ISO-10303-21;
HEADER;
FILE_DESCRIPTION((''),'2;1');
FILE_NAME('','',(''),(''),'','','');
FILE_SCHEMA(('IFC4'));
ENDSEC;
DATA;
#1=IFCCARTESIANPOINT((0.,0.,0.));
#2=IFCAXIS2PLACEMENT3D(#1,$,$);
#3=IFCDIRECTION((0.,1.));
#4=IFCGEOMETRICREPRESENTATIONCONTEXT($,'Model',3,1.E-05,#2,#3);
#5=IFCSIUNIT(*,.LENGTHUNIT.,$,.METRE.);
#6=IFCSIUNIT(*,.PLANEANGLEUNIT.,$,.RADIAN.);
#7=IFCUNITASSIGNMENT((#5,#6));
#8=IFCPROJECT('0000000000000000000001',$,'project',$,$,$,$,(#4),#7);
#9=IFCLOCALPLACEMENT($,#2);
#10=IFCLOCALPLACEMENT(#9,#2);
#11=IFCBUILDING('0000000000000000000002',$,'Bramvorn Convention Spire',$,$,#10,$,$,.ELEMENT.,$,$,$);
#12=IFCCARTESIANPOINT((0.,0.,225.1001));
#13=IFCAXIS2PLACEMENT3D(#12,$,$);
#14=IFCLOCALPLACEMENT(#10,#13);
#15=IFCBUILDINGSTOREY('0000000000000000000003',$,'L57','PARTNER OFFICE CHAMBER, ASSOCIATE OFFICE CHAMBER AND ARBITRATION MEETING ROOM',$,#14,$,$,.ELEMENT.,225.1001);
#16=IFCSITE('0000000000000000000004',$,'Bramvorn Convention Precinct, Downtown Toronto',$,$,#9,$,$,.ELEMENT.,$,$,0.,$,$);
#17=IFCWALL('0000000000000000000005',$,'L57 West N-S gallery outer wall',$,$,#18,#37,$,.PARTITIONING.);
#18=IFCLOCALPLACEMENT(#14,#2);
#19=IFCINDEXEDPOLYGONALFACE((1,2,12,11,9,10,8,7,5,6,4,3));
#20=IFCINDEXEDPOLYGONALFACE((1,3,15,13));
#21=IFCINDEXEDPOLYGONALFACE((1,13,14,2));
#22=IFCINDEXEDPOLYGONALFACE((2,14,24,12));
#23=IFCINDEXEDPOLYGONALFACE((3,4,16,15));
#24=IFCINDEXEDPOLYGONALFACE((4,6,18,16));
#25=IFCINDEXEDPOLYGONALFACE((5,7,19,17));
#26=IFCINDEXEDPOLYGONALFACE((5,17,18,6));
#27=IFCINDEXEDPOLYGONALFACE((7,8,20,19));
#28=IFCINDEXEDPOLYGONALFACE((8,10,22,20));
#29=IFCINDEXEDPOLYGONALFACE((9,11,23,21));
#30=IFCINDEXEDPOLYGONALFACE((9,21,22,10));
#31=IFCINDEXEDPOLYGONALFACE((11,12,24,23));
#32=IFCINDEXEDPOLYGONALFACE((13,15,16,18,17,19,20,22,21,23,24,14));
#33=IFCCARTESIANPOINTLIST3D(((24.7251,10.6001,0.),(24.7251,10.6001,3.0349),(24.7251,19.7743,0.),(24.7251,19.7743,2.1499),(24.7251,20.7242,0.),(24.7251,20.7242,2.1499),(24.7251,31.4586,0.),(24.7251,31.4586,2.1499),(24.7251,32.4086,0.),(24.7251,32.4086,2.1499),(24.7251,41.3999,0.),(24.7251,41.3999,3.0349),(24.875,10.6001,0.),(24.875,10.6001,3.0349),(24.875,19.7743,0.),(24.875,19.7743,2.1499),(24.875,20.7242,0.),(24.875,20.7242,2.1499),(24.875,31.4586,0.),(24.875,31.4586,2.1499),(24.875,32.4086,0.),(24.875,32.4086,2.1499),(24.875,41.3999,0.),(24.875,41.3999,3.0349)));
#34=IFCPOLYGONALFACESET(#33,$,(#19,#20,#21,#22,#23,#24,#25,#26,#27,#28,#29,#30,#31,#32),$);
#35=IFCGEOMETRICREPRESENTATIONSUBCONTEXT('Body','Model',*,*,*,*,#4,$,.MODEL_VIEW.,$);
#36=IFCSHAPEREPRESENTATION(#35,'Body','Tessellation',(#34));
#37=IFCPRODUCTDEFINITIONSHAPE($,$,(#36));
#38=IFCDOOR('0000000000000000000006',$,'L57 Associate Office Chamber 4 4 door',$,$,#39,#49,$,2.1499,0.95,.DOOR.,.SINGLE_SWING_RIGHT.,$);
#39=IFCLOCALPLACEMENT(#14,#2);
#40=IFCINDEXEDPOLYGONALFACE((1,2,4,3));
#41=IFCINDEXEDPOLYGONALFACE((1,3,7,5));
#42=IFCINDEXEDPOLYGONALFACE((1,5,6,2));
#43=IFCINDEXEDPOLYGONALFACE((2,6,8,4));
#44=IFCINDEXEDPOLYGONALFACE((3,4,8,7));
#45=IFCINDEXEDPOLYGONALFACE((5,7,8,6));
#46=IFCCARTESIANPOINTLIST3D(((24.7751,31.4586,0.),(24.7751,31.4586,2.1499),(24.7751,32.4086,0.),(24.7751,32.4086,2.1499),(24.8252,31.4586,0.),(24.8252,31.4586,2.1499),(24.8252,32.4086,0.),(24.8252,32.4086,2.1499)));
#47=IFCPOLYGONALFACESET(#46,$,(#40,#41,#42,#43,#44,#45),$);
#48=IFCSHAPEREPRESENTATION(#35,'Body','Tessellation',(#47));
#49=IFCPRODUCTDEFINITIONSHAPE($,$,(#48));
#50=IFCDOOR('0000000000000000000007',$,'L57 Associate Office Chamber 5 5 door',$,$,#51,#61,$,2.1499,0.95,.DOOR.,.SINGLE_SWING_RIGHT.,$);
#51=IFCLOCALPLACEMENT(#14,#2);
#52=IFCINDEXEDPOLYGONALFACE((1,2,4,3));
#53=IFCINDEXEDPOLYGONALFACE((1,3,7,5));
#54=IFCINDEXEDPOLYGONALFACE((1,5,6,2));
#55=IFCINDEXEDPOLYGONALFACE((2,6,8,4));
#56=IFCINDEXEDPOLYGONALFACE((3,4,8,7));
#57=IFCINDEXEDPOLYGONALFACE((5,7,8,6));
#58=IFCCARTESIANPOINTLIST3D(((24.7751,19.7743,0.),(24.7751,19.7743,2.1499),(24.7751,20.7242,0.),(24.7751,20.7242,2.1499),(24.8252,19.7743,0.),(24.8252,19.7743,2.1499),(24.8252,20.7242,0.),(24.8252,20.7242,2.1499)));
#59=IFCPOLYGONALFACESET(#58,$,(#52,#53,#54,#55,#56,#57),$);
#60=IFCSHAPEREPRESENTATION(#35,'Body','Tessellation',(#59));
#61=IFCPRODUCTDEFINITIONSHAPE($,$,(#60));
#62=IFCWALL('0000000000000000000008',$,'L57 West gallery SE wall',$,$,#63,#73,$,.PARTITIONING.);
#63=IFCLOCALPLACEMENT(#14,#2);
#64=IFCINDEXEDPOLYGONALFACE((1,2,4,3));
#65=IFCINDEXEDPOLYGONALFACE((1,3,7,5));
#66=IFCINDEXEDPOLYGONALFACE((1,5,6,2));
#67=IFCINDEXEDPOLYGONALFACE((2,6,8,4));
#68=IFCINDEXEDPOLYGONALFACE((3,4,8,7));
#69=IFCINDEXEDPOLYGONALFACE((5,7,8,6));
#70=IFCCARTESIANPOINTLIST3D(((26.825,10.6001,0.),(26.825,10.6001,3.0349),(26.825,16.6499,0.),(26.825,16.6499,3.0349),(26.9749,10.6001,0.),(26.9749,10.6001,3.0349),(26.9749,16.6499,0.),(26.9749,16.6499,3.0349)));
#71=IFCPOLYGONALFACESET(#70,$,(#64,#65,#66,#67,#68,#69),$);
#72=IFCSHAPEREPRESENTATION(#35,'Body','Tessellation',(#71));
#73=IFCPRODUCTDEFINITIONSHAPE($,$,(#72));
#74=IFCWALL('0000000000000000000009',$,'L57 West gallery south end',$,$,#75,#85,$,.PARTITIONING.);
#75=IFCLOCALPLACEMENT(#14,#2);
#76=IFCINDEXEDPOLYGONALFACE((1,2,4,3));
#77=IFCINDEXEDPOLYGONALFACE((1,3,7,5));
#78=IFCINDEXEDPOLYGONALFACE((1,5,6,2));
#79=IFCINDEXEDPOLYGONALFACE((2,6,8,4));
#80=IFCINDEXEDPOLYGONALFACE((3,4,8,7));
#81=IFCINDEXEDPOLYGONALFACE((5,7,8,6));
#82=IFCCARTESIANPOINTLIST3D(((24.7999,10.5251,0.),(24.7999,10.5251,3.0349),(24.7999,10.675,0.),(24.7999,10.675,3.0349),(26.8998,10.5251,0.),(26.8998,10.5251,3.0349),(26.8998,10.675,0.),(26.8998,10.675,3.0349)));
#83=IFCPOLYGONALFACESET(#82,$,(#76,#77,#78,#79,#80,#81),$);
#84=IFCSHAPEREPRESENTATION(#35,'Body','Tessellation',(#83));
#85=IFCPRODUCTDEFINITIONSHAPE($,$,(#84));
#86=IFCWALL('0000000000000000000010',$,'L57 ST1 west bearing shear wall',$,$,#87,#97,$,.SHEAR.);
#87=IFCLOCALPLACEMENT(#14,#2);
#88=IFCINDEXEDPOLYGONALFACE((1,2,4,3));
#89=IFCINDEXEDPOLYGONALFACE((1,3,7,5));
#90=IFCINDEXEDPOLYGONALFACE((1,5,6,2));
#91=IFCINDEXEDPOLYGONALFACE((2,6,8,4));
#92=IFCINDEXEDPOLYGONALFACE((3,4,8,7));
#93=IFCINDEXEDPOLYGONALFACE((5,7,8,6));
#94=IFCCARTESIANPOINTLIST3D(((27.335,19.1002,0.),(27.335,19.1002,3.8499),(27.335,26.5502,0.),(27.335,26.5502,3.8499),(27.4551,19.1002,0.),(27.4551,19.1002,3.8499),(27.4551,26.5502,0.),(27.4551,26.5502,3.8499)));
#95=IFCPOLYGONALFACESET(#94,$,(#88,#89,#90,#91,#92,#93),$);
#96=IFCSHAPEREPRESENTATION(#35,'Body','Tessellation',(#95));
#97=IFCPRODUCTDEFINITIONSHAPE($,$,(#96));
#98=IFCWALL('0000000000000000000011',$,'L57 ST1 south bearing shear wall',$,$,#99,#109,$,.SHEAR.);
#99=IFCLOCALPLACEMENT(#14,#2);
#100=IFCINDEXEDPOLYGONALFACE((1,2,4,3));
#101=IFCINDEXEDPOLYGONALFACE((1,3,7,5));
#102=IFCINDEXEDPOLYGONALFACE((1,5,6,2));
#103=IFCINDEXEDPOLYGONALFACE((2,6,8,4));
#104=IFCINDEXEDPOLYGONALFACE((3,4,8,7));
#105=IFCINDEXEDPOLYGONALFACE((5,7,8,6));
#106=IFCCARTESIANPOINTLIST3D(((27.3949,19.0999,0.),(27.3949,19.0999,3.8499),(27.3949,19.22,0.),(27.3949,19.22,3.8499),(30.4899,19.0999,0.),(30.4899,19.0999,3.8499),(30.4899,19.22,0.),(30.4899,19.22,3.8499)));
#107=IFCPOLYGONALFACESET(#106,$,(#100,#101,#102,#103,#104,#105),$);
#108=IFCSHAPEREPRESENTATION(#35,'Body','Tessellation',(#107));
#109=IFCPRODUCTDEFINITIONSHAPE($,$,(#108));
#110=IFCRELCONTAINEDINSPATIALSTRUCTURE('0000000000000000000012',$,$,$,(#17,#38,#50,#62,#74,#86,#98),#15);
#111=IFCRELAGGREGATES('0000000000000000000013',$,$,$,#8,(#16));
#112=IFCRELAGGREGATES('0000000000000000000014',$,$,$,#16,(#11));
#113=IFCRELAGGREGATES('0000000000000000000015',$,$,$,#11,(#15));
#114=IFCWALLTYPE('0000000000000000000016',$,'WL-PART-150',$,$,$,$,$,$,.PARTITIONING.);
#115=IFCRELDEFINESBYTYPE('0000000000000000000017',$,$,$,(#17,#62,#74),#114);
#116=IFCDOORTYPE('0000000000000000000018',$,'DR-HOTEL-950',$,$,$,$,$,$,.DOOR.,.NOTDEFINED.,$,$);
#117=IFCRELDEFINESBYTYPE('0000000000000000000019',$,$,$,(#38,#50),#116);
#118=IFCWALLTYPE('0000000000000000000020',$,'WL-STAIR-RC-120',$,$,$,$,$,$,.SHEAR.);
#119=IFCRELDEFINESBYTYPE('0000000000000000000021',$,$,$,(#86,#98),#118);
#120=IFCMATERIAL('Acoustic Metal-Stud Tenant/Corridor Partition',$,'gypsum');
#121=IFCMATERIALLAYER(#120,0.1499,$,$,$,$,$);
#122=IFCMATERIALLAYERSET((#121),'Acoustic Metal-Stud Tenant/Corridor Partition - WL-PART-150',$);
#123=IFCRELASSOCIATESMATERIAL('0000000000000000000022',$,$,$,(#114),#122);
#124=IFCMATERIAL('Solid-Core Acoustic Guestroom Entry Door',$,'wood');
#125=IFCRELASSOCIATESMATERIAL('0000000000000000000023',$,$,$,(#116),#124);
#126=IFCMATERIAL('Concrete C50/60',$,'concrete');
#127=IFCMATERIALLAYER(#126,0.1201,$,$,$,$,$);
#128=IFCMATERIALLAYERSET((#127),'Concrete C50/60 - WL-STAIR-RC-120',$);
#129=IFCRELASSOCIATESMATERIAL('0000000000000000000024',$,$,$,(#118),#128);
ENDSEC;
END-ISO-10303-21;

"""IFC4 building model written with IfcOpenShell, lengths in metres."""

from ifc_helpers import new_model, si_unit, direction, frame, frame_2d, origin, place, context, subcontext, project, spatial, rectangle, extrude, material, layer, layer_set, type_object, element, fill, save


model = new_model("IFC4")

# Units and contexts
model_context = context("Model", 3, precision=1e-05, world=origin(), true_north=direction((0.0, 1.0)))
body_context = subcontext(model_context, "Body", "Model", "MODEL_VIEW")
ifc_project = project(units=[si_unit("LENGTHUNIT", "METRE"), si_unit("PLANEANGLEUNIT", "RADIAN")], contexts=[model_context])

# Site, building, storey
site_placement = place(None, origin())
site = spatial("IfcSite", under=ifc_project, at=site_placement, Name="Bramvorn Convention Precinct, Downtown Toronto", CompositionType="ELEMENT", RefElevation=0.0)
building_placement = place(site_placement, origin())
building = spatial("IfcBuilding", under=site, at=building_placement, Name="Bramvorn Convention Spire", CompositionType="ELEMENT")
storey_placement = place(building_placement, frame((0.0, 0.0, 225.1001)))
storey = spatial("IfcBuildingStorey", under=building, at=storey_placement, Name="L57", Description="PARTNER OFFICE CHAMBER, ASSOCIATE OFFICE CHAMBER AND ARBITRATION MEETING ROOM", CompositionType="ELEMENT", Elevation=225.1001)

# Shared definitions
ifc_material_1 = material(Name="Concrete C50/60", Category="concrete")

# Wall, openings, doors
ifc_material_2 = material(Name="Acoustic Metal-Stud Tenant/Corridor Partition", Category="gypsum")
ifc_layer_1 = layer(ifc_material_2, 0.1499)
ifc_layer_set_1 = layer_set([ifc_layer_1], Name="Acoustic Metal-Stud Tenant/Corridor Partition - WL-PART-150")
wall_type_1 = type_object("IfcWallType", Name="WL-PART-150", PredefinedType="PARTITIONING", material=ifc_layer_set_1)
ifc_material_3 = material(Name="Solid-Core Acoustic Guestroom Entry Door", Category="wood")
door_type_1 = type_object("IfcDoorType", Name="DR-HOTEL-950", OperationType="NOTDEFINED", PredefinedType="DOOR", material=ifc_material_3)
wall_1_placement = place(storey_placement, frame((24.8, 10.6001, 0.0), z_axis=(0.0, 0.0, 1.0), x_axis=(0.0, 1.0, 0.0)))
wall_1 = element("IfcWall", 1, at=wall_1_placement, inside=storey, type_object=wall_type_1, Name="L57 West N-S gallery outer wall", PredefinedType="PARTITIONING", context=body_context, shape_type="SweptSolid", body=[
    extrude(rectangle(XDim=30.7998, YDim=0.1499, at=frame_2d((15.3999, 0.0))), origin(), (0.0, 0.0, 1.0), 3.0349),
])
opening_1_placement = place(wall_1_placement, frame((20.8584, 0.0, 0.0)))
opening_1 = element("IfcOpeningElement", 2, at=opening_1_placement, cuts=wall_1, PredefinedType="OPENING", context=body_context, shape_type="SweptSolid", body=[
    extrude(rectangle(XDim=0.95, YDim=2.1499, at=frame_2d((0.4751, 1.075))), frame((0.0, 0.085, 0.0), z_axis=(0.0, -1.0, 0.0), x_axis=(1.0, 0.0, 0.0)), (0.0, 0.0, 1.0), 0.1699),
])
opening_2_placement = place(wall_1_placement, frame((9.1741, 0.0, 0.0)))
opening_2 = element("IfcOpeningElement", 3, at=opening_2_placement, cuts=wall_1, PredefinedType="OPENING", context=body_context, shape_type="SweptSolid", body=[
    extrude(rectangle(XDim=0.95, YDim=2.1499, at=frame_2d((0.4751, 1.075))), frame((0.0, 0.085, 0.0), z_axis=(0.0, -1.0, 0.0), x_axis=(1.0, 0.0, 0.0)), (0.0, 0.0, 1.0), 0.1699),
])
door_1_placement = place(opening_1_placement, origin())
door_1 = element("IfcDoor", 4, at=door_1_placement, inside=storey, type_object=door_type_1, Name="L57 Associate Office Chamber 4 4 door", OperationType="SINGLE_SWING_RIGHT", OverallHeight=2.1499, OverallWidth=0.95, PredefinedType="DOOR", context=body_context, shape_type="SweptSolid", body=[
    extrude(rectangle(XDim=0.95, YDim=2.1499, at=frame_2d((0.4751, 1.075))), frame((0.0, 0.0249, 0.0), z_axis=(0.0, -1.0, 0.0), x_axis=(1.0, 0.0, 0.0)), (0.0, 0.0, 1.0), 0.05),
])
fill(opening_1, door_1)
door_2_placement = place(opening_2_placement, origin())
door_2 = element("IfcDoor", 5, at=door_2_placement, inside=storey, type_object=door_type_1, Name="L57 Associate Office Chamber 5 5 door", OperationType="SINGLE_SWING_RIGHT", OverallHeight=2.1499, OverallWidth=0.95, PredefinedType="DOOR", context=body_context, shape_type="SweptSolid", body=[
    extrude(rectangle(XDim=0.95, YDim=2.1499, at=frame_2d((0.4751, 1.075))), frame((0.0, 0.0249, 0.0), z_axis=(0.0, -1.0, 0.0), x_axis=(1.0, 0.0, 0.0)), (0.0, 0.0, 1.0), 0.05),
])
fill(opening_2, door_2)

# Walls
wall_2_placement = place(storey_placement, frame((26.8999, 10.6001, 0.0), z_axis=(0.0, 0.0, 1.0), x_axis=(0.0, 1.0, 0.0)))
element("IfcWall", 6, at=wall_2_placement, inside=storey, type_object=wall_type_1, Name="L57 West gallery SE wall", PredefinedType="PARTITIONING", context=body_context, shape_type="SweptSolid", body=[
    extrude(rectangle(XDim=6.0498, YDim=0.1499, at=frame_2d((3.0249, 0.0))), origin(), (0.0, 0.0, 1.0), 3.0349),
])
wall_3_placement = place(storey_placement, frame((24.8, 10.6001, 0.0), z_axis=(0.0, 0.0, 1.0), x_axis=(1.0, 0.0, 0.0)))
element("IfcWall", 7, at=wall_3_placement, inside=storey, type_object=wall_type_1, Name="L57 West gallery south end", PredefinedType="PARTITIONING", context=body_context, shape_type="SweptSolid", body=[
    extrude(rectangle(XDim=2.0999, YDim=0.1499, at=frame_2d((1.0498, 0.0))), origin(), (0.0, 0.0, 1.0), 3.0349),
])
ifc_layer_2 = layer(ifc_material_1, 0.1201)
ifc_layer_set_2 = layer_set([ifc_layer_2], Name="Concrete C50/60 - WL-STAIR-RC-120")
wall_type_2 = type_object("IfcWallType", Name="WL-STAIR-RC-120", PredefinedType="SHEAR", material=ifc_layer_set_2)
wall_4_placement = place(storey_placement, frame((27.395, 19.1001, 0.0), z_axis=(0.0, 0.0, 1.0), x_axis=(0.0, 1.0, 0.0)))
element("IfcWall", 8, at=wall_4_placement, inside=storey, type_object=wall_type_2, Name="L57 ST1 west bearing shear wall", PredefinedType="SHEAR", context=body_context, shape_type="SweptSolid", body=[
    extrude(rectangle(XDim=7.45, YDim=0.1201, at=frame_2d((3.7251, 0.0))), origin(), (0.0, 0.0, 1.0), 3.8499),
])
wall_5_placement = place(storey_placement, frame((27.395, 19.1599, 0.0), z_axis=(0.0, 0.0, 1.0), x_axis=(1.0, 0.0, 0.0)))
element("IfcWall", 9, at=wall_5_placement, inside=storey, type_object=wall_type_2, Name="L57 ST1 south bearing shear wall", PredefinedType="SHEAR", context=body_context, shape_type="SweptSolid", body=[
    extrude(rectangle(XDim=3.095, YDim=0.1201, at=frame_2d((1.5474, 0.0))), origin(), (0.0, 0.0, 1.0), 3.8499),
])

save(model, "model.ifc")
